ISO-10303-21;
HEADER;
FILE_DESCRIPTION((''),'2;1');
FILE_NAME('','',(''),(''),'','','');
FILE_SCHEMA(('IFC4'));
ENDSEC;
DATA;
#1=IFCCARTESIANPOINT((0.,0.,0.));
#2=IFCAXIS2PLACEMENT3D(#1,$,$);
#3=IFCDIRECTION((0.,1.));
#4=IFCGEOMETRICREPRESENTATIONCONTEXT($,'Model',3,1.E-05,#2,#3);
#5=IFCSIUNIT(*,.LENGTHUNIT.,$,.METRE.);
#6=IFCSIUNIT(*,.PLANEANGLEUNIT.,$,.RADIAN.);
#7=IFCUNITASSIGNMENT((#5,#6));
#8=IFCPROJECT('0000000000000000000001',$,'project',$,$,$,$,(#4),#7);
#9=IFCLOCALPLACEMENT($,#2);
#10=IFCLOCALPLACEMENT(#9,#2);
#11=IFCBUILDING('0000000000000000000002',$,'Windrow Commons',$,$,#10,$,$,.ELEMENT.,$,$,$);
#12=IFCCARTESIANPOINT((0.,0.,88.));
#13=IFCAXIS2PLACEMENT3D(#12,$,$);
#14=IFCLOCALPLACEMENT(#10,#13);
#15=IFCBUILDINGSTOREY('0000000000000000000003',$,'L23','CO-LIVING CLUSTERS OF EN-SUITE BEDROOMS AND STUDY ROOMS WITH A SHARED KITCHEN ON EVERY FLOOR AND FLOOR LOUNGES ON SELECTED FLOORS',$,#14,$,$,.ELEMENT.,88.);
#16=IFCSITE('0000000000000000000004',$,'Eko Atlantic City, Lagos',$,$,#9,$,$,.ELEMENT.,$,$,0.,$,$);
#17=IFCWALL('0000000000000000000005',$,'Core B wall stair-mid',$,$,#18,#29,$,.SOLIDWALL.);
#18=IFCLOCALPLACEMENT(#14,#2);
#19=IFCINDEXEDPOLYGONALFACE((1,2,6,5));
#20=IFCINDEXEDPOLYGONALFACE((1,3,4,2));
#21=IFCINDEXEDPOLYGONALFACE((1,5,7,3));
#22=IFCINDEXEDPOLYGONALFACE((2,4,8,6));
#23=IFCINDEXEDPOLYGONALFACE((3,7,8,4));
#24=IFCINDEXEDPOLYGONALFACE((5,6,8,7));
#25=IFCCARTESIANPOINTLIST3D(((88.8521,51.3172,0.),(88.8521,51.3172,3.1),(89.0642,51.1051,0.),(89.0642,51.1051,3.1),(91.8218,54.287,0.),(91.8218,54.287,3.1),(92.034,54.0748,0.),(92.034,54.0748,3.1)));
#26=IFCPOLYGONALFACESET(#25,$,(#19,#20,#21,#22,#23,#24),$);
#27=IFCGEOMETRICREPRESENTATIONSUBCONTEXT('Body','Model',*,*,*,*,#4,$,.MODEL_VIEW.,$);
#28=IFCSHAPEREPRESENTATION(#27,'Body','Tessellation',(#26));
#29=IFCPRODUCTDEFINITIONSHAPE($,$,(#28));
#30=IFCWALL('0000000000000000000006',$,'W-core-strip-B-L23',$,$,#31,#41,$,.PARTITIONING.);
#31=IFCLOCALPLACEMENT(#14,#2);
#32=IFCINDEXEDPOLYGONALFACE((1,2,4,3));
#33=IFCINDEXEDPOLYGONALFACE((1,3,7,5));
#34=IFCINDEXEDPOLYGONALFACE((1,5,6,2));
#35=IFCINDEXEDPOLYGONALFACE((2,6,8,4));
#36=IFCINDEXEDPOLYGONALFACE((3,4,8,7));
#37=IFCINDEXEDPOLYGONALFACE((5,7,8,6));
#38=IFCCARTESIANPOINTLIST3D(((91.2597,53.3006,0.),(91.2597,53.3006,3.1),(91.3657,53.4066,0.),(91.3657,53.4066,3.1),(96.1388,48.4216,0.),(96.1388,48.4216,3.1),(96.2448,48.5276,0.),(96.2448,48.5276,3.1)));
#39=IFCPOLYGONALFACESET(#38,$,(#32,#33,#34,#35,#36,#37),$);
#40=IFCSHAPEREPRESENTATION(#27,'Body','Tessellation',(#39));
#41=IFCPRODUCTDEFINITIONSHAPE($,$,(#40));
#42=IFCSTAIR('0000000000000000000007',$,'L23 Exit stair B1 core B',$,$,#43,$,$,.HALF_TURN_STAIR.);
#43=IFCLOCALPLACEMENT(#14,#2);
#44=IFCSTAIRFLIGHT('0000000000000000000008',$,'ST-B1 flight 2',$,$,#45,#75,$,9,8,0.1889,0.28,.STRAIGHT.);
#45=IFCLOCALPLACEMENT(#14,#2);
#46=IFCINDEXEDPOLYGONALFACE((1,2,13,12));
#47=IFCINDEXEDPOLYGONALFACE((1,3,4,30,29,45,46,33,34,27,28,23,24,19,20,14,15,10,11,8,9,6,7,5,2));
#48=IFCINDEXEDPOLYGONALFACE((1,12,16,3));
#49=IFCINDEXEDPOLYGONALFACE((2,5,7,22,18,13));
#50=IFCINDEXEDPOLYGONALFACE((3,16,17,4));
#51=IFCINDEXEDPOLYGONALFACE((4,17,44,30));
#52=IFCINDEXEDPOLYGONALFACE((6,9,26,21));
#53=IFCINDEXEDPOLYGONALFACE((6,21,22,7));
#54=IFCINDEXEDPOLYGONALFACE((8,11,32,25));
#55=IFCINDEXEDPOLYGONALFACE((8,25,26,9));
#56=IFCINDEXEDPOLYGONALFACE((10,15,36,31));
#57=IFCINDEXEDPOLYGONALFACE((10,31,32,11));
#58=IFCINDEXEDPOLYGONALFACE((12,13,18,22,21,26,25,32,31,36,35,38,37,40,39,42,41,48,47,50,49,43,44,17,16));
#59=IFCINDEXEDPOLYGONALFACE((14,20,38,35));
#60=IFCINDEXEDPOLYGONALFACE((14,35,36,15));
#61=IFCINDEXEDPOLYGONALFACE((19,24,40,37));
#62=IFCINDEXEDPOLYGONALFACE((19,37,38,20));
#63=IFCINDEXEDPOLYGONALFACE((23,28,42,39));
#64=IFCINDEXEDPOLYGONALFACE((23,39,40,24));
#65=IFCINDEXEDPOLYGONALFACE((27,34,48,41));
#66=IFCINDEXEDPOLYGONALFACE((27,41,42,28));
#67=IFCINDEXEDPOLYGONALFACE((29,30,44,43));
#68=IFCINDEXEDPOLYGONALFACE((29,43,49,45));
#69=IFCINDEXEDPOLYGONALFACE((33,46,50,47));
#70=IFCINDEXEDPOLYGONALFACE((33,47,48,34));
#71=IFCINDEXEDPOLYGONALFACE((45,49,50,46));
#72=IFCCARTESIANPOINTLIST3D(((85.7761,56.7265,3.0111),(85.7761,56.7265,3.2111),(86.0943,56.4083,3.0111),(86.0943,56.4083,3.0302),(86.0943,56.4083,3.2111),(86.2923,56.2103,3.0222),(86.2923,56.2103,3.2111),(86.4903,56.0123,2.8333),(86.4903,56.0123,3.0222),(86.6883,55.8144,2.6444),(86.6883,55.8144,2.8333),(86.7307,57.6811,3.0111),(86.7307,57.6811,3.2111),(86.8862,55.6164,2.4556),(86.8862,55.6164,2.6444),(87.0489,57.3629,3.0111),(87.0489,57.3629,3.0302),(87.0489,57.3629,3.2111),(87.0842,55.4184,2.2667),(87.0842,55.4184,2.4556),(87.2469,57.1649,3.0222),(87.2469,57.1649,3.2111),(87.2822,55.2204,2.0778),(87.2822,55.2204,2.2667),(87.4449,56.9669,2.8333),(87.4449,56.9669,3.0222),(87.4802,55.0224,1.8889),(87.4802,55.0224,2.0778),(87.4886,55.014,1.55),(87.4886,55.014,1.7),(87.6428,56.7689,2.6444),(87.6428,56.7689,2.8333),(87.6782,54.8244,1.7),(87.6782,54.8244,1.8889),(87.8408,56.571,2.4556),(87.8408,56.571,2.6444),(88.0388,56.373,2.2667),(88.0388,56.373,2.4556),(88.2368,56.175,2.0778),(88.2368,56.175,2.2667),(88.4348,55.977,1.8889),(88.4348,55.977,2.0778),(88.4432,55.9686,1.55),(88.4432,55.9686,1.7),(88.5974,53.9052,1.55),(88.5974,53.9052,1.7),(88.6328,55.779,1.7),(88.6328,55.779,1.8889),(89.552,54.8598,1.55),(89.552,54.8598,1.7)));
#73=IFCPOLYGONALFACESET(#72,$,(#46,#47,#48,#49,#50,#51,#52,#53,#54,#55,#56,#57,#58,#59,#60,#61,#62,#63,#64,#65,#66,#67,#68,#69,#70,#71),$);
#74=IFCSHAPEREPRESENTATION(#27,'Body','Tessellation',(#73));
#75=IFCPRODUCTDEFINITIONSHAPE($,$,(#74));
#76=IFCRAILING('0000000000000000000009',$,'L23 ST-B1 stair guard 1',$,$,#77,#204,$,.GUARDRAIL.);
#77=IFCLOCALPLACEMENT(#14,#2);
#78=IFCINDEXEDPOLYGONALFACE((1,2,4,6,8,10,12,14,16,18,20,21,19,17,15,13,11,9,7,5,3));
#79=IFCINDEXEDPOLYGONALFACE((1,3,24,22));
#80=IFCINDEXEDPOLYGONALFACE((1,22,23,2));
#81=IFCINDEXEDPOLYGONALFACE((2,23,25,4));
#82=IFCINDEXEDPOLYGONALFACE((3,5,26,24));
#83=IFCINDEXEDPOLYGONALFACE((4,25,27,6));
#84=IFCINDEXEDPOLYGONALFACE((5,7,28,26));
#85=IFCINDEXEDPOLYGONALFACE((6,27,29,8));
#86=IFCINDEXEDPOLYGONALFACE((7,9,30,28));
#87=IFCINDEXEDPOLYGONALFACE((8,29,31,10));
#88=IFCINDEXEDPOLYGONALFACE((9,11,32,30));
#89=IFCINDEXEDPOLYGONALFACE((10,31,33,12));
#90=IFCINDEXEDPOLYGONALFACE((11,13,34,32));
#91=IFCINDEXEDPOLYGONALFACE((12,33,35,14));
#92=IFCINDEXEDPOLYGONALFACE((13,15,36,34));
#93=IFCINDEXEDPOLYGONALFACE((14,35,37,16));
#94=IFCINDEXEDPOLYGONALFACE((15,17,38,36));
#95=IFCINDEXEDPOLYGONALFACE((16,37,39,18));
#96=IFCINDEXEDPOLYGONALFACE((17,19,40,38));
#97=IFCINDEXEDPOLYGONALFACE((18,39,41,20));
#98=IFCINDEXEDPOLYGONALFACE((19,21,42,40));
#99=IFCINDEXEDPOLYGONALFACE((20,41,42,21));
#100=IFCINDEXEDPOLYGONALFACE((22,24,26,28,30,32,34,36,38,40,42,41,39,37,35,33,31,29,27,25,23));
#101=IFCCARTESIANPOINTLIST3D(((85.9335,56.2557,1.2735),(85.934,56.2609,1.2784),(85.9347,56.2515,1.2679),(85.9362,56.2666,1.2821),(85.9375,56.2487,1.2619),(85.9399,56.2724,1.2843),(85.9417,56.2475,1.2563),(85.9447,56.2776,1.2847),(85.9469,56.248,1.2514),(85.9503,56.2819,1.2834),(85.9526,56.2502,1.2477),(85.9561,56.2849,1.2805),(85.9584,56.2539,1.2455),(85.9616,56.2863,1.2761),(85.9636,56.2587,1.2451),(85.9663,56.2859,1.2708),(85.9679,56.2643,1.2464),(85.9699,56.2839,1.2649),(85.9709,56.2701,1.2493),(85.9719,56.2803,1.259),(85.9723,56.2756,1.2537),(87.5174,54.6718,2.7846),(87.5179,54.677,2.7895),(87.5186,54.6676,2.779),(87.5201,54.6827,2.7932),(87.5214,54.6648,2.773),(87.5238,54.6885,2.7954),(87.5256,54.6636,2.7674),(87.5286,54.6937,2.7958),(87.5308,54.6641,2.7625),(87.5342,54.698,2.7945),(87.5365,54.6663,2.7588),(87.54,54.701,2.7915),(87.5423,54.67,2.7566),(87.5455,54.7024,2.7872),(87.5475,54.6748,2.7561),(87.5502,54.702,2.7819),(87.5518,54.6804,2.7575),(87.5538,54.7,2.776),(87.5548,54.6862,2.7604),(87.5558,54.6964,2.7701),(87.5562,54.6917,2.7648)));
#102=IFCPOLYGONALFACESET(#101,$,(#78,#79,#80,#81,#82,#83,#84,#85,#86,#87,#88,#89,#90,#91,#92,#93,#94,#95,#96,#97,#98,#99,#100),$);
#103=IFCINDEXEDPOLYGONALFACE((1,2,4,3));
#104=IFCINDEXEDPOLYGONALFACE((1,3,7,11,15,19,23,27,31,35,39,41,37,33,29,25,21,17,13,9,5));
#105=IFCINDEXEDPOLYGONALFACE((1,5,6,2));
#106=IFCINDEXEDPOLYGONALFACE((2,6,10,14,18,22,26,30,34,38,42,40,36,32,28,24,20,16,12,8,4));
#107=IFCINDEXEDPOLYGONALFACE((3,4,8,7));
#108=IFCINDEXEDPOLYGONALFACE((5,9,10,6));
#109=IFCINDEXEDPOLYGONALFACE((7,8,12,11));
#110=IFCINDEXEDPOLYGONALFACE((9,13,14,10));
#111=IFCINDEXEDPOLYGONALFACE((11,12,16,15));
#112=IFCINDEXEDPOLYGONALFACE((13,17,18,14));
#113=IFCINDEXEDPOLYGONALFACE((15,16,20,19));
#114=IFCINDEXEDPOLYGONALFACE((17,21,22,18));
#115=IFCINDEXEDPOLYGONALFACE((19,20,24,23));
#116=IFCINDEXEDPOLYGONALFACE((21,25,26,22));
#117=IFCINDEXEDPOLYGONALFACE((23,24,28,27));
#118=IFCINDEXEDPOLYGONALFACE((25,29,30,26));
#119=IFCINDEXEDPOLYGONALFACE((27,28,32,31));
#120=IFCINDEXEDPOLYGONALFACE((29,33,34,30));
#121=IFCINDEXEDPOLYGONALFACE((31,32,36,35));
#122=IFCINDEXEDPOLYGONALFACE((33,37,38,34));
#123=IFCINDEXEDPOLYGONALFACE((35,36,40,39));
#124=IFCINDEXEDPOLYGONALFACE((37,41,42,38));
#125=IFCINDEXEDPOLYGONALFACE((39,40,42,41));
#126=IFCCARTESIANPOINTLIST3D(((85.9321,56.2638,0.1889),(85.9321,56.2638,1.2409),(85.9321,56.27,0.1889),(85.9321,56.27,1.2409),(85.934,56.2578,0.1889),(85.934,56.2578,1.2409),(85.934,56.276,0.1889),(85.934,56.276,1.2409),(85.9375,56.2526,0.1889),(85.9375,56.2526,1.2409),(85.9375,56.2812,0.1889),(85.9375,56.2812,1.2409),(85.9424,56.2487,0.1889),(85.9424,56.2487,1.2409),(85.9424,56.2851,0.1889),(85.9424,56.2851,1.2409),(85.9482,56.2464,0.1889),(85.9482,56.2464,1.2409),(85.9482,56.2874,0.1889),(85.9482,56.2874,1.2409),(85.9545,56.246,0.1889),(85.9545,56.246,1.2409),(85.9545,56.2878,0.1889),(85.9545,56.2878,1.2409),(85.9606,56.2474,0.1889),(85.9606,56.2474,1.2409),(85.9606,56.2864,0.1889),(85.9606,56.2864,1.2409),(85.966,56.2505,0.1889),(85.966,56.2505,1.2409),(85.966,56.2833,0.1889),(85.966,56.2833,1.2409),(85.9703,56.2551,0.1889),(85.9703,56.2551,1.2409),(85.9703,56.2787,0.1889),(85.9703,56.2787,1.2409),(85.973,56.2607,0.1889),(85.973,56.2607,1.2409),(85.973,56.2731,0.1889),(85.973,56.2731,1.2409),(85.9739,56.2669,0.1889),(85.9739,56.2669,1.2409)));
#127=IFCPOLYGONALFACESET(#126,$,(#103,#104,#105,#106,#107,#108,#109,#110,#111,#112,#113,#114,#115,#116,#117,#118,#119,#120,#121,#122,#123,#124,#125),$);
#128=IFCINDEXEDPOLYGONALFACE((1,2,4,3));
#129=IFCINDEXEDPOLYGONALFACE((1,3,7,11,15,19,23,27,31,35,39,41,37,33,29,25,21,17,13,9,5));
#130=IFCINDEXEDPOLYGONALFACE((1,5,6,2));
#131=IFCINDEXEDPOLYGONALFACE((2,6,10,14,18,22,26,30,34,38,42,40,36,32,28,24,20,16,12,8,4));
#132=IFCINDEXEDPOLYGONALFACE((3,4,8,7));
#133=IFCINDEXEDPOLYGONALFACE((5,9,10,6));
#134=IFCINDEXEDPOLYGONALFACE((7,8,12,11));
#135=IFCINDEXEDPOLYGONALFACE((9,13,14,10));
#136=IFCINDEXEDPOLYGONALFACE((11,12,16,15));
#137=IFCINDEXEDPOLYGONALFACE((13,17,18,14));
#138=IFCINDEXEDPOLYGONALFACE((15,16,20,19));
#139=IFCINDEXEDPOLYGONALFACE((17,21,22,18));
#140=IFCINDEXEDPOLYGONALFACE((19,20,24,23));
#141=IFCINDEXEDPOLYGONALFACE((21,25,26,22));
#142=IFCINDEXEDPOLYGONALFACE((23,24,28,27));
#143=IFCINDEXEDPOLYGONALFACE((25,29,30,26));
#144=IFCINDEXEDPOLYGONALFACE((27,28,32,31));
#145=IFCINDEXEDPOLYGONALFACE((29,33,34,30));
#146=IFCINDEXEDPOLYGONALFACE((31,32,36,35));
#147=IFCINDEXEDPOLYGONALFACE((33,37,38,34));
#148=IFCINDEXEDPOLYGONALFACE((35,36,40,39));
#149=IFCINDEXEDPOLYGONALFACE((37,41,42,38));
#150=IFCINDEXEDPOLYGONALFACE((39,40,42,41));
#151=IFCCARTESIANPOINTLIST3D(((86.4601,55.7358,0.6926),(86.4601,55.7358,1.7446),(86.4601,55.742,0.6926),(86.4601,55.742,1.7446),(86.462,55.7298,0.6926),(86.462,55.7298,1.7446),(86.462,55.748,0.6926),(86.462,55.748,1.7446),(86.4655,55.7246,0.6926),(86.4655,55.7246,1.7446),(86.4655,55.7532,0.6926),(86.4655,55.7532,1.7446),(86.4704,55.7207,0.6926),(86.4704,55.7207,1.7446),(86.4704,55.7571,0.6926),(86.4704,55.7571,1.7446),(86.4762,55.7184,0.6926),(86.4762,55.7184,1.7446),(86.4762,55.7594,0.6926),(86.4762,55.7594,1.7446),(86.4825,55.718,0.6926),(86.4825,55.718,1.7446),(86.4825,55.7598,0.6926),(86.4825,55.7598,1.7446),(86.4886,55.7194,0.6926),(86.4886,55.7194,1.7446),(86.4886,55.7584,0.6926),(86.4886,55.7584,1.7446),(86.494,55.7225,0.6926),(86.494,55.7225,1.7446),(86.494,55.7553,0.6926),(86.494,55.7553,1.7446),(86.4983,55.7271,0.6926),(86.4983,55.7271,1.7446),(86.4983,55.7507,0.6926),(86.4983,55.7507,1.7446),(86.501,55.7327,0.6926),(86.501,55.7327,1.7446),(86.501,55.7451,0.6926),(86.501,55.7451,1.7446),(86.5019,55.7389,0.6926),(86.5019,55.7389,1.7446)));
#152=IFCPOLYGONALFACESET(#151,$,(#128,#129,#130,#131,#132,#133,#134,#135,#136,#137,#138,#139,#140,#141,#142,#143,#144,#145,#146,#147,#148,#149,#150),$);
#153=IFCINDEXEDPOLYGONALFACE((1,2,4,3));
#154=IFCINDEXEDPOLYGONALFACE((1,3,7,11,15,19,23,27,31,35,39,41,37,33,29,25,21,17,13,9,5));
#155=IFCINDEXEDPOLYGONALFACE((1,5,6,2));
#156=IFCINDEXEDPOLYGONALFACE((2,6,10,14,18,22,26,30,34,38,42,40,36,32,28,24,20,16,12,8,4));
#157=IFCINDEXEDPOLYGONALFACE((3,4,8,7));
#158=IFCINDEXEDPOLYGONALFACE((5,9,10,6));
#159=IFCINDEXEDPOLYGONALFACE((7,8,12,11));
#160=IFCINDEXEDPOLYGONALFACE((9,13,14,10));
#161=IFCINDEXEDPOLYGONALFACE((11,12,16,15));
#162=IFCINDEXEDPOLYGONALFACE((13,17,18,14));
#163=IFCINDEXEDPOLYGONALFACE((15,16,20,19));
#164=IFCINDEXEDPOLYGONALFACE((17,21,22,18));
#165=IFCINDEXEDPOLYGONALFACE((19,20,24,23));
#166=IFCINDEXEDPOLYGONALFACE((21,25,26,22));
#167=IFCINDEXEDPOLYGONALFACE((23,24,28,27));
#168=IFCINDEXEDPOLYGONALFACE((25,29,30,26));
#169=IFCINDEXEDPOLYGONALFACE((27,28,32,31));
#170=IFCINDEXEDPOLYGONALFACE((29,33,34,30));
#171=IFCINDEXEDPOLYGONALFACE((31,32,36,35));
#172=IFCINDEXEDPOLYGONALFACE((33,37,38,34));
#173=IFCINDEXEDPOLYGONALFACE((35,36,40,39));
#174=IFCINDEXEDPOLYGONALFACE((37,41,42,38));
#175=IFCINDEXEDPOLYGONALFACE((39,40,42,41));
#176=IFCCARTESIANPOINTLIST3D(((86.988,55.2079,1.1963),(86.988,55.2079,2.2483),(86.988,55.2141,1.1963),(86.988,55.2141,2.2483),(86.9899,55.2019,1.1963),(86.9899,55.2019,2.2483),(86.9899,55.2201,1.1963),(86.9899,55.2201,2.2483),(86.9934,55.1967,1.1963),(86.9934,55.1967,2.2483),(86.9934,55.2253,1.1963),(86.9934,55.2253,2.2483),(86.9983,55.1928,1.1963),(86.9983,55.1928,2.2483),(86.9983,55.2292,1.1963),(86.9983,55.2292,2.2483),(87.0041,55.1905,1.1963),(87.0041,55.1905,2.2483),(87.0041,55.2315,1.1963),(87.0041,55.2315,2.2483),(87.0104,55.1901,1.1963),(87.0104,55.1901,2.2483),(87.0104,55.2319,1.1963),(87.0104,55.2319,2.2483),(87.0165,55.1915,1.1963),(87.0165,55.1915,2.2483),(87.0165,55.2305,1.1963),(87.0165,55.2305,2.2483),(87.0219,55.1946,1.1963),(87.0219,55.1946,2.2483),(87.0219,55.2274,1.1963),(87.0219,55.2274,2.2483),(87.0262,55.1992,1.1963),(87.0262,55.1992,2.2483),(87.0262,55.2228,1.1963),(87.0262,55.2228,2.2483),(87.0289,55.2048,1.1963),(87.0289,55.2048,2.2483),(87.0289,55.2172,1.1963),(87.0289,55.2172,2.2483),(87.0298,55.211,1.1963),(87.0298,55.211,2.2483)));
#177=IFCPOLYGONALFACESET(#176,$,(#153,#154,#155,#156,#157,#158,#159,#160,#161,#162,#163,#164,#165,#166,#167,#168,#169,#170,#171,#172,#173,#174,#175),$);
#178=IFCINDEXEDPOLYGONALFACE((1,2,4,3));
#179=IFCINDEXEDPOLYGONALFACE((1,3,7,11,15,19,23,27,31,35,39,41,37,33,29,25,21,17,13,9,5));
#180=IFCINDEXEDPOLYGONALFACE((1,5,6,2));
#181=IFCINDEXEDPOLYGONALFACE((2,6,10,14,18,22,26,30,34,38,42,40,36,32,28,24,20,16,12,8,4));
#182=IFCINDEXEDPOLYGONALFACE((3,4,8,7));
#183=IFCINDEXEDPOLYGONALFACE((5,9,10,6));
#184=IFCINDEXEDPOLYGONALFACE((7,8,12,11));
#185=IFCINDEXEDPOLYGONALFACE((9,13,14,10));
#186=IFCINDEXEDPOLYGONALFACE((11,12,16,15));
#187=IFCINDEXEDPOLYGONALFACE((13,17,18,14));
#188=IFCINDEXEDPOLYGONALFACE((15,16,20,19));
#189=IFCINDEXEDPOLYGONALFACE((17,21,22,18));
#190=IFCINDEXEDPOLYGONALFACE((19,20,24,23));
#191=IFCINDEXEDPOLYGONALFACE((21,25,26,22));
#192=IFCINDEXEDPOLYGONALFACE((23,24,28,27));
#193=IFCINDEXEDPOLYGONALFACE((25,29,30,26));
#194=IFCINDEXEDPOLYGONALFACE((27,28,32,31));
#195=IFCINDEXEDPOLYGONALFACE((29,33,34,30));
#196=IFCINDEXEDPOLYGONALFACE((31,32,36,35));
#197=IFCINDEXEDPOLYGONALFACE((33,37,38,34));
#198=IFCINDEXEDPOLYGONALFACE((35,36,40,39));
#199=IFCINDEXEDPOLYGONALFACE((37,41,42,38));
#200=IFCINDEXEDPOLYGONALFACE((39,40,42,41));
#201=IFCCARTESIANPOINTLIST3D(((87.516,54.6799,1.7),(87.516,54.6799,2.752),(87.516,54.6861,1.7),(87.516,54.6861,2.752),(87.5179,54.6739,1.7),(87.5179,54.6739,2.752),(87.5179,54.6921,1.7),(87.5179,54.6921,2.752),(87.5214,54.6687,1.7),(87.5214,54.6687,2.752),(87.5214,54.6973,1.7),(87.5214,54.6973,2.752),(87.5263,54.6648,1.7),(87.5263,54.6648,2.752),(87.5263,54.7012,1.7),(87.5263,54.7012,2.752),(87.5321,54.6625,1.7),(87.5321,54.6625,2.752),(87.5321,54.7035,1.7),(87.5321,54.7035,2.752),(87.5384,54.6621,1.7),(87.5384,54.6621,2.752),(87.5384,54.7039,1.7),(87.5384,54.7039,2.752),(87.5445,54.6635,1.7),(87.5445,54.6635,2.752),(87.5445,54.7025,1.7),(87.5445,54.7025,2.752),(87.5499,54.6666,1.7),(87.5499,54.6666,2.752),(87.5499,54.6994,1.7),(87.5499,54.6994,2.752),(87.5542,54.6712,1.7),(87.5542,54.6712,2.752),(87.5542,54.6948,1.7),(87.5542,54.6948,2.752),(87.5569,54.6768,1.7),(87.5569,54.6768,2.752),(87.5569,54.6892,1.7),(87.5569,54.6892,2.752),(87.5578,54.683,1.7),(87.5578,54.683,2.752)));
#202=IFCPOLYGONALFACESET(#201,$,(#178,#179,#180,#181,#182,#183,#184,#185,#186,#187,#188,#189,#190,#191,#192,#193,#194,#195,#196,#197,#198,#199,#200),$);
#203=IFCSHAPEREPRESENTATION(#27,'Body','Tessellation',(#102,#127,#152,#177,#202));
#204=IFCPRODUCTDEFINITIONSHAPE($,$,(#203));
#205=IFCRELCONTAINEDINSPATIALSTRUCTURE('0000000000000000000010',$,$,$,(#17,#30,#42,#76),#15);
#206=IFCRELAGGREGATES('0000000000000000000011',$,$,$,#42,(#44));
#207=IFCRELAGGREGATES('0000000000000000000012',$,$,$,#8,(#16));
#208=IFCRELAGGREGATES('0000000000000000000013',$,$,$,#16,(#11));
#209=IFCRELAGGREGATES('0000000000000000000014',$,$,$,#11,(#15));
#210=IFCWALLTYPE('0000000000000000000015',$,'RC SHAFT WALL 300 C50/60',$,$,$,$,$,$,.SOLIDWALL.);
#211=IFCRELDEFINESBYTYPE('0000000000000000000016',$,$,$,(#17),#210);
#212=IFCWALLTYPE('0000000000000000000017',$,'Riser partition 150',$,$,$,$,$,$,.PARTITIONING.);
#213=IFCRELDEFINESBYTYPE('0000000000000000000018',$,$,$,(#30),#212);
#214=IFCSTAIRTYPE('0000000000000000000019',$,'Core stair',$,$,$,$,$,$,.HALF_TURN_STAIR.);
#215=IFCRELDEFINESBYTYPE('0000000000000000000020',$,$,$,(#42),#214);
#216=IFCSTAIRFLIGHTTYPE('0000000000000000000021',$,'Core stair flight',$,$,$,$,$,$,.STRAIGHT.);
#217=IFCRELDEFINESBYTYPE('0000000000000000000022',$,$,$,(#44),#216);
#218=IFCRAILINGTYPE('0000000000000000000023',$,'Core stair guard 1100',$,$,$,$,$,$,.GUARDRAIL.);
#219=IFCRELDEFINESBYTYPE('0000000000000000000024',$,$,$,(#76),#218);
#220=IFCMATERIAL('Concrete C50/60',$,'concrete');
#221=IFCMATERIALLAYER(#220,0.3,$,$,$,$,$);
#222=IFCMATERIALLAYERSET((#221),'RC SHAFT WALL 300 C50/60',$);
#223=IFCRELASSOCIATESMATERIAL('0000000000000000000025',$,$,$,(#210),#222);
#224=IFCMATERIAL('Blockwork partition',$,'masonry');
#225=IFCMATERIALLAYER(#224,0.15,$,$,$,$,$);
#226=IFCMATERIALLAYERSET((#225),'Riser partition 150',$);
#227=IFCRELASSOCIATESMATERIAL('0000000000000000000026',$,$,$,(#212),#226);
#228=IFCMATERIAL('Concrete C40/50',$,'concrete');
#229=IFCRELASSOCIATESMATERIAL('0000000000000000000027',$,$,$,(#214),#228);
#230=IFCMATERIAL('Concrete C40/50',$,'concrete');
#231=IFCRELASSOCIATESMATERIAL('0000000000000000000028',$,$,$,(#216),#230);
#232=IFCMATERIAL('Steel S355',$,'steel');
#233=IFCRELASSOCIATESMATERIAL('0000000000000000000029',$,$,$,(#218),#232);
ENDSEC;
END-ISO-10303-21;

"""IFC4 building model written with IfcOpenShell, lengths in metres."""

from ifc_helpers import new_model, si_unit, direction, frame, frame_2d, origin, origin_2d, place, context, subcontext, project, spatial, polyline, rectangle, circle, outline, extrude, material, layer, layer_set, type_object, element, aggregate, save


model = new_model("IFC4")

# Units and contexts
model_context = context("Model", 3, precision=1e-05, world=origin(), true_north=direction((0.0, 1.0)))
body_context = subcontext(model_context, "Body", "Model", "MODEL_VIEW")
ifc_project = project(units=[si_unit("LENGTHUNIT", "METRE"), si_unit("PLANEANGLEUNIT", "RADIAN")], contexts=[model_context])

# Site, building, storey
site_placement = place(None, origin())
site = spatial("IfcSite", under=ifc_project, at=site_placement, Name="Eko Atlantic City, Lagos", CompositionType="ELEMENT", RefElevation=0.0)
building_placement = place(site_placement, origin())
building = spatial("IfcBuilding", under=site, at=building_placement, Name="Windrow Commons", CompositionType="ELEMENT")
storey_placement = place(building_placement, frame((0.0, 0.0, 88.0)))
storey = spatial("IfcBuildingStorey", under=building, at=storey_placement, Name="L23", Description="CO-LIVING CLUSTERS OF EN-SUITE BEDROOMS AND STUDY ROOMS WITH A SHARED KITCHEN ON EVERY FLOOR AND FLOOR LOUNGES ON SELECTED FLOORS", CompositionType="ELEMENT", Elevation=88.0)

# Walls
ifc_material_1 = material(Name="Concrete C50/60", Category="concrete")
ifc_layer_1 = layer(ifc_material_1, 0.3)
ifc_layer_set_1 = layer_set([ifc_layer_1], Name="RC SHAFT WALL 300 C50/60")
wall_type_1 = type_object("IfcWallType", Name="RC SHAFT WALL 300 C50/60", PredefinedType="SOLIDWALL", material=ifc_layer_set_1)
wall_1_placement = place(storey_placement, frame((88.9581, 51.2111, 0.0), z_axis=(0.0, 0.0, 1.0), x_axis=(0.707107, 0.707107, 0.0)))
element("IfcWall", 1, at=wall_1_placement, inside=storey, type_object=wall_type_1, Name="Core B wall stair-mid", PredefinedType="SOLIDWALL", context=body_context, shape_type="SweptSolid", body=[
    extrude(rectangle(XDim=4.1999, YDim=0.3, at=frame_2d((2.1, 0.0))), origin(), (0.0, 0.0, 1.0), 3.1),
])
ifc_material_2 = material(Name="Blockwork partition", Category="masonry")
ifc_layer_2 = layer(ifc_material_2, 0.15)
ifc_layer_set_2 = layer_set([ifc_layer_2], Name="Riser partition 150")
wall_type_2 = type_object("IfcWallType", Name="Riser partition 150", PredefinedType="PARTITIONING", material=ifc_layer_set_2)
wall_2_placement = place(storey_placement, frame((91.3127, 53.3536, 0.0), z_axis=(0.0, 0.0, 1.0), x_axis=(0.707114, -0.7071, 0.0)))
element("IfcWall", 2, at=wall_2_placement, inside=storey, type_object=wall_type_2, Name="W-core-strip-B-L23", PredefinedType="PARTITIONING", context=body_context, shape_type="SweptSolid", body=[
    extrude(rectangle(XDim=6.9, YDim=0.15, at=frame_2d((3.45, 0.0))), origin(), (0.0, 0.0, 1.0), 3.1),
])

# Stair, stair flight
ifc_material_3 = material(Name="Concrete C40/50", Category="concrete")
stair_type = type_object("IfcStairType", Name="Core stair", PredefinedType="HALF_TURN_STAIR", material=ifc_material_3)
stair_placement = place(storey_placement, origin())
stair = element("IfcStair", 3, at=stair_placement, inside=storey, type_object=stair_type, Name="L23 Exit stair B1 core B", PredefinedType="HALF_TURN_STAIR")
ifc_material_4 = material(Name="Concrete C40/50", Category="concrete")
stair_flight_type = type_object("IfcStairFlightType", Name="Core stair flight", PredefinedType="STRAIGHT", material=ifc_material_4)
stair_flight_placement = place(storey_placement, frame((88.1555, 55.3017, 1.7), z_axis=(0.0, 0.0, 1.0), x_axis=(-0.707107, 0.707107, 0.0)))
stair_flight = element("IfcStairFlight", 4, at=stair_flight_placement, type_object=stair_flight_type, Name="ST-B1 flight 2", NumberOfRisers=9, NumberOfTreads=8, PredefinedType="STRAIGHT", RiserHeight=0.1889, TreadLength=0.28, context=body_context, shape_type="SweptSolid", body=[
    extrude(outline(polyline([(-1.3, -0.15), (-1.3, 0.0), (0.0, 0.0), (0.0, 0.1889), (0.28, 0.1889), (0.28, 0.3778), (0.56, 0.3778), (0.56, 0.5667), (0.84, 0.5667), (0.84, 0.7556), (1.12, 0.7556), (1.12, 0.9444), (1.4, 0.9444), (1.4, 1.1333), (1.68, 1.1333), (1.68, 1.3222), (1.96, 1.3222), (1.96, 1.5111), (2.24, 1.5111), (2.69, 1.5111), (2.69, 1.3111), (2.24, 1.3111), (2.24, 1.3302), (0.2682, 0.0), (0.2682, -0.15), (-1.3, -0.15)])), frame((0.0, 0.675, 0.0), z_axis=(0.0, -1.0, 0.0), x_axis=(1.0, 0.0, 0.0)), (0.0, 0.0, 1.0), 1.35),
])
aggregate(stair, [stair_flight])

# Railing
ifc_material_5 = material(Name="Steel S355", Category="steel")
railing_type_1 = type_object("IfcRailingType", Name="Core stair guard 1100", PredefinedType="GUARDRAIL", material=ifc_material_5)
railing_1_placement = place(storey_placement, frame((85.9529, 56.2669, 0.1889)))
element("IfcRailing", 5, at=railing_1_placement, inside=storey, type_object=railing_type_1, Name="L23 ST-B1 stair guard 1", PredefinedType="GUARDRAIL", context=body_context, shape_type="SweptSolid", body=[
    extrude(circle(Radius=0.024, at=origin_2d()), frame((0.0, 0.0, 1.076), z_axis=(0.586191, -0.586191, 0.559249), x_axis=(0.707107, 0.707107, 0.0)), (0.0, 0.0, 1.0), 2.702),
    extrude(circle(Radius=0.021, at=origin_2d()), origin(), (0.0, 0.0, 1.0), 1.052),
    extrude(circle(Radius=0.021, at=origin_2d()), frame((0.528, -0.528, 0.5037)), (0.0, 0.0, 1.0), 1.052),
    extrude(circle(Radius=0.021, at=origin_2d()), frame((1.0559, -1.0559, 1.0074)), (0.0, 0.0, 1.0), 1.052),
    extrude(circle(Radius=0.021, at=origin_2d()), frame((1.5839, -1.5839, 1.5111)), (0.0, 0.0, 1.0), 1.052),
])

save(model, "model.ifc")
